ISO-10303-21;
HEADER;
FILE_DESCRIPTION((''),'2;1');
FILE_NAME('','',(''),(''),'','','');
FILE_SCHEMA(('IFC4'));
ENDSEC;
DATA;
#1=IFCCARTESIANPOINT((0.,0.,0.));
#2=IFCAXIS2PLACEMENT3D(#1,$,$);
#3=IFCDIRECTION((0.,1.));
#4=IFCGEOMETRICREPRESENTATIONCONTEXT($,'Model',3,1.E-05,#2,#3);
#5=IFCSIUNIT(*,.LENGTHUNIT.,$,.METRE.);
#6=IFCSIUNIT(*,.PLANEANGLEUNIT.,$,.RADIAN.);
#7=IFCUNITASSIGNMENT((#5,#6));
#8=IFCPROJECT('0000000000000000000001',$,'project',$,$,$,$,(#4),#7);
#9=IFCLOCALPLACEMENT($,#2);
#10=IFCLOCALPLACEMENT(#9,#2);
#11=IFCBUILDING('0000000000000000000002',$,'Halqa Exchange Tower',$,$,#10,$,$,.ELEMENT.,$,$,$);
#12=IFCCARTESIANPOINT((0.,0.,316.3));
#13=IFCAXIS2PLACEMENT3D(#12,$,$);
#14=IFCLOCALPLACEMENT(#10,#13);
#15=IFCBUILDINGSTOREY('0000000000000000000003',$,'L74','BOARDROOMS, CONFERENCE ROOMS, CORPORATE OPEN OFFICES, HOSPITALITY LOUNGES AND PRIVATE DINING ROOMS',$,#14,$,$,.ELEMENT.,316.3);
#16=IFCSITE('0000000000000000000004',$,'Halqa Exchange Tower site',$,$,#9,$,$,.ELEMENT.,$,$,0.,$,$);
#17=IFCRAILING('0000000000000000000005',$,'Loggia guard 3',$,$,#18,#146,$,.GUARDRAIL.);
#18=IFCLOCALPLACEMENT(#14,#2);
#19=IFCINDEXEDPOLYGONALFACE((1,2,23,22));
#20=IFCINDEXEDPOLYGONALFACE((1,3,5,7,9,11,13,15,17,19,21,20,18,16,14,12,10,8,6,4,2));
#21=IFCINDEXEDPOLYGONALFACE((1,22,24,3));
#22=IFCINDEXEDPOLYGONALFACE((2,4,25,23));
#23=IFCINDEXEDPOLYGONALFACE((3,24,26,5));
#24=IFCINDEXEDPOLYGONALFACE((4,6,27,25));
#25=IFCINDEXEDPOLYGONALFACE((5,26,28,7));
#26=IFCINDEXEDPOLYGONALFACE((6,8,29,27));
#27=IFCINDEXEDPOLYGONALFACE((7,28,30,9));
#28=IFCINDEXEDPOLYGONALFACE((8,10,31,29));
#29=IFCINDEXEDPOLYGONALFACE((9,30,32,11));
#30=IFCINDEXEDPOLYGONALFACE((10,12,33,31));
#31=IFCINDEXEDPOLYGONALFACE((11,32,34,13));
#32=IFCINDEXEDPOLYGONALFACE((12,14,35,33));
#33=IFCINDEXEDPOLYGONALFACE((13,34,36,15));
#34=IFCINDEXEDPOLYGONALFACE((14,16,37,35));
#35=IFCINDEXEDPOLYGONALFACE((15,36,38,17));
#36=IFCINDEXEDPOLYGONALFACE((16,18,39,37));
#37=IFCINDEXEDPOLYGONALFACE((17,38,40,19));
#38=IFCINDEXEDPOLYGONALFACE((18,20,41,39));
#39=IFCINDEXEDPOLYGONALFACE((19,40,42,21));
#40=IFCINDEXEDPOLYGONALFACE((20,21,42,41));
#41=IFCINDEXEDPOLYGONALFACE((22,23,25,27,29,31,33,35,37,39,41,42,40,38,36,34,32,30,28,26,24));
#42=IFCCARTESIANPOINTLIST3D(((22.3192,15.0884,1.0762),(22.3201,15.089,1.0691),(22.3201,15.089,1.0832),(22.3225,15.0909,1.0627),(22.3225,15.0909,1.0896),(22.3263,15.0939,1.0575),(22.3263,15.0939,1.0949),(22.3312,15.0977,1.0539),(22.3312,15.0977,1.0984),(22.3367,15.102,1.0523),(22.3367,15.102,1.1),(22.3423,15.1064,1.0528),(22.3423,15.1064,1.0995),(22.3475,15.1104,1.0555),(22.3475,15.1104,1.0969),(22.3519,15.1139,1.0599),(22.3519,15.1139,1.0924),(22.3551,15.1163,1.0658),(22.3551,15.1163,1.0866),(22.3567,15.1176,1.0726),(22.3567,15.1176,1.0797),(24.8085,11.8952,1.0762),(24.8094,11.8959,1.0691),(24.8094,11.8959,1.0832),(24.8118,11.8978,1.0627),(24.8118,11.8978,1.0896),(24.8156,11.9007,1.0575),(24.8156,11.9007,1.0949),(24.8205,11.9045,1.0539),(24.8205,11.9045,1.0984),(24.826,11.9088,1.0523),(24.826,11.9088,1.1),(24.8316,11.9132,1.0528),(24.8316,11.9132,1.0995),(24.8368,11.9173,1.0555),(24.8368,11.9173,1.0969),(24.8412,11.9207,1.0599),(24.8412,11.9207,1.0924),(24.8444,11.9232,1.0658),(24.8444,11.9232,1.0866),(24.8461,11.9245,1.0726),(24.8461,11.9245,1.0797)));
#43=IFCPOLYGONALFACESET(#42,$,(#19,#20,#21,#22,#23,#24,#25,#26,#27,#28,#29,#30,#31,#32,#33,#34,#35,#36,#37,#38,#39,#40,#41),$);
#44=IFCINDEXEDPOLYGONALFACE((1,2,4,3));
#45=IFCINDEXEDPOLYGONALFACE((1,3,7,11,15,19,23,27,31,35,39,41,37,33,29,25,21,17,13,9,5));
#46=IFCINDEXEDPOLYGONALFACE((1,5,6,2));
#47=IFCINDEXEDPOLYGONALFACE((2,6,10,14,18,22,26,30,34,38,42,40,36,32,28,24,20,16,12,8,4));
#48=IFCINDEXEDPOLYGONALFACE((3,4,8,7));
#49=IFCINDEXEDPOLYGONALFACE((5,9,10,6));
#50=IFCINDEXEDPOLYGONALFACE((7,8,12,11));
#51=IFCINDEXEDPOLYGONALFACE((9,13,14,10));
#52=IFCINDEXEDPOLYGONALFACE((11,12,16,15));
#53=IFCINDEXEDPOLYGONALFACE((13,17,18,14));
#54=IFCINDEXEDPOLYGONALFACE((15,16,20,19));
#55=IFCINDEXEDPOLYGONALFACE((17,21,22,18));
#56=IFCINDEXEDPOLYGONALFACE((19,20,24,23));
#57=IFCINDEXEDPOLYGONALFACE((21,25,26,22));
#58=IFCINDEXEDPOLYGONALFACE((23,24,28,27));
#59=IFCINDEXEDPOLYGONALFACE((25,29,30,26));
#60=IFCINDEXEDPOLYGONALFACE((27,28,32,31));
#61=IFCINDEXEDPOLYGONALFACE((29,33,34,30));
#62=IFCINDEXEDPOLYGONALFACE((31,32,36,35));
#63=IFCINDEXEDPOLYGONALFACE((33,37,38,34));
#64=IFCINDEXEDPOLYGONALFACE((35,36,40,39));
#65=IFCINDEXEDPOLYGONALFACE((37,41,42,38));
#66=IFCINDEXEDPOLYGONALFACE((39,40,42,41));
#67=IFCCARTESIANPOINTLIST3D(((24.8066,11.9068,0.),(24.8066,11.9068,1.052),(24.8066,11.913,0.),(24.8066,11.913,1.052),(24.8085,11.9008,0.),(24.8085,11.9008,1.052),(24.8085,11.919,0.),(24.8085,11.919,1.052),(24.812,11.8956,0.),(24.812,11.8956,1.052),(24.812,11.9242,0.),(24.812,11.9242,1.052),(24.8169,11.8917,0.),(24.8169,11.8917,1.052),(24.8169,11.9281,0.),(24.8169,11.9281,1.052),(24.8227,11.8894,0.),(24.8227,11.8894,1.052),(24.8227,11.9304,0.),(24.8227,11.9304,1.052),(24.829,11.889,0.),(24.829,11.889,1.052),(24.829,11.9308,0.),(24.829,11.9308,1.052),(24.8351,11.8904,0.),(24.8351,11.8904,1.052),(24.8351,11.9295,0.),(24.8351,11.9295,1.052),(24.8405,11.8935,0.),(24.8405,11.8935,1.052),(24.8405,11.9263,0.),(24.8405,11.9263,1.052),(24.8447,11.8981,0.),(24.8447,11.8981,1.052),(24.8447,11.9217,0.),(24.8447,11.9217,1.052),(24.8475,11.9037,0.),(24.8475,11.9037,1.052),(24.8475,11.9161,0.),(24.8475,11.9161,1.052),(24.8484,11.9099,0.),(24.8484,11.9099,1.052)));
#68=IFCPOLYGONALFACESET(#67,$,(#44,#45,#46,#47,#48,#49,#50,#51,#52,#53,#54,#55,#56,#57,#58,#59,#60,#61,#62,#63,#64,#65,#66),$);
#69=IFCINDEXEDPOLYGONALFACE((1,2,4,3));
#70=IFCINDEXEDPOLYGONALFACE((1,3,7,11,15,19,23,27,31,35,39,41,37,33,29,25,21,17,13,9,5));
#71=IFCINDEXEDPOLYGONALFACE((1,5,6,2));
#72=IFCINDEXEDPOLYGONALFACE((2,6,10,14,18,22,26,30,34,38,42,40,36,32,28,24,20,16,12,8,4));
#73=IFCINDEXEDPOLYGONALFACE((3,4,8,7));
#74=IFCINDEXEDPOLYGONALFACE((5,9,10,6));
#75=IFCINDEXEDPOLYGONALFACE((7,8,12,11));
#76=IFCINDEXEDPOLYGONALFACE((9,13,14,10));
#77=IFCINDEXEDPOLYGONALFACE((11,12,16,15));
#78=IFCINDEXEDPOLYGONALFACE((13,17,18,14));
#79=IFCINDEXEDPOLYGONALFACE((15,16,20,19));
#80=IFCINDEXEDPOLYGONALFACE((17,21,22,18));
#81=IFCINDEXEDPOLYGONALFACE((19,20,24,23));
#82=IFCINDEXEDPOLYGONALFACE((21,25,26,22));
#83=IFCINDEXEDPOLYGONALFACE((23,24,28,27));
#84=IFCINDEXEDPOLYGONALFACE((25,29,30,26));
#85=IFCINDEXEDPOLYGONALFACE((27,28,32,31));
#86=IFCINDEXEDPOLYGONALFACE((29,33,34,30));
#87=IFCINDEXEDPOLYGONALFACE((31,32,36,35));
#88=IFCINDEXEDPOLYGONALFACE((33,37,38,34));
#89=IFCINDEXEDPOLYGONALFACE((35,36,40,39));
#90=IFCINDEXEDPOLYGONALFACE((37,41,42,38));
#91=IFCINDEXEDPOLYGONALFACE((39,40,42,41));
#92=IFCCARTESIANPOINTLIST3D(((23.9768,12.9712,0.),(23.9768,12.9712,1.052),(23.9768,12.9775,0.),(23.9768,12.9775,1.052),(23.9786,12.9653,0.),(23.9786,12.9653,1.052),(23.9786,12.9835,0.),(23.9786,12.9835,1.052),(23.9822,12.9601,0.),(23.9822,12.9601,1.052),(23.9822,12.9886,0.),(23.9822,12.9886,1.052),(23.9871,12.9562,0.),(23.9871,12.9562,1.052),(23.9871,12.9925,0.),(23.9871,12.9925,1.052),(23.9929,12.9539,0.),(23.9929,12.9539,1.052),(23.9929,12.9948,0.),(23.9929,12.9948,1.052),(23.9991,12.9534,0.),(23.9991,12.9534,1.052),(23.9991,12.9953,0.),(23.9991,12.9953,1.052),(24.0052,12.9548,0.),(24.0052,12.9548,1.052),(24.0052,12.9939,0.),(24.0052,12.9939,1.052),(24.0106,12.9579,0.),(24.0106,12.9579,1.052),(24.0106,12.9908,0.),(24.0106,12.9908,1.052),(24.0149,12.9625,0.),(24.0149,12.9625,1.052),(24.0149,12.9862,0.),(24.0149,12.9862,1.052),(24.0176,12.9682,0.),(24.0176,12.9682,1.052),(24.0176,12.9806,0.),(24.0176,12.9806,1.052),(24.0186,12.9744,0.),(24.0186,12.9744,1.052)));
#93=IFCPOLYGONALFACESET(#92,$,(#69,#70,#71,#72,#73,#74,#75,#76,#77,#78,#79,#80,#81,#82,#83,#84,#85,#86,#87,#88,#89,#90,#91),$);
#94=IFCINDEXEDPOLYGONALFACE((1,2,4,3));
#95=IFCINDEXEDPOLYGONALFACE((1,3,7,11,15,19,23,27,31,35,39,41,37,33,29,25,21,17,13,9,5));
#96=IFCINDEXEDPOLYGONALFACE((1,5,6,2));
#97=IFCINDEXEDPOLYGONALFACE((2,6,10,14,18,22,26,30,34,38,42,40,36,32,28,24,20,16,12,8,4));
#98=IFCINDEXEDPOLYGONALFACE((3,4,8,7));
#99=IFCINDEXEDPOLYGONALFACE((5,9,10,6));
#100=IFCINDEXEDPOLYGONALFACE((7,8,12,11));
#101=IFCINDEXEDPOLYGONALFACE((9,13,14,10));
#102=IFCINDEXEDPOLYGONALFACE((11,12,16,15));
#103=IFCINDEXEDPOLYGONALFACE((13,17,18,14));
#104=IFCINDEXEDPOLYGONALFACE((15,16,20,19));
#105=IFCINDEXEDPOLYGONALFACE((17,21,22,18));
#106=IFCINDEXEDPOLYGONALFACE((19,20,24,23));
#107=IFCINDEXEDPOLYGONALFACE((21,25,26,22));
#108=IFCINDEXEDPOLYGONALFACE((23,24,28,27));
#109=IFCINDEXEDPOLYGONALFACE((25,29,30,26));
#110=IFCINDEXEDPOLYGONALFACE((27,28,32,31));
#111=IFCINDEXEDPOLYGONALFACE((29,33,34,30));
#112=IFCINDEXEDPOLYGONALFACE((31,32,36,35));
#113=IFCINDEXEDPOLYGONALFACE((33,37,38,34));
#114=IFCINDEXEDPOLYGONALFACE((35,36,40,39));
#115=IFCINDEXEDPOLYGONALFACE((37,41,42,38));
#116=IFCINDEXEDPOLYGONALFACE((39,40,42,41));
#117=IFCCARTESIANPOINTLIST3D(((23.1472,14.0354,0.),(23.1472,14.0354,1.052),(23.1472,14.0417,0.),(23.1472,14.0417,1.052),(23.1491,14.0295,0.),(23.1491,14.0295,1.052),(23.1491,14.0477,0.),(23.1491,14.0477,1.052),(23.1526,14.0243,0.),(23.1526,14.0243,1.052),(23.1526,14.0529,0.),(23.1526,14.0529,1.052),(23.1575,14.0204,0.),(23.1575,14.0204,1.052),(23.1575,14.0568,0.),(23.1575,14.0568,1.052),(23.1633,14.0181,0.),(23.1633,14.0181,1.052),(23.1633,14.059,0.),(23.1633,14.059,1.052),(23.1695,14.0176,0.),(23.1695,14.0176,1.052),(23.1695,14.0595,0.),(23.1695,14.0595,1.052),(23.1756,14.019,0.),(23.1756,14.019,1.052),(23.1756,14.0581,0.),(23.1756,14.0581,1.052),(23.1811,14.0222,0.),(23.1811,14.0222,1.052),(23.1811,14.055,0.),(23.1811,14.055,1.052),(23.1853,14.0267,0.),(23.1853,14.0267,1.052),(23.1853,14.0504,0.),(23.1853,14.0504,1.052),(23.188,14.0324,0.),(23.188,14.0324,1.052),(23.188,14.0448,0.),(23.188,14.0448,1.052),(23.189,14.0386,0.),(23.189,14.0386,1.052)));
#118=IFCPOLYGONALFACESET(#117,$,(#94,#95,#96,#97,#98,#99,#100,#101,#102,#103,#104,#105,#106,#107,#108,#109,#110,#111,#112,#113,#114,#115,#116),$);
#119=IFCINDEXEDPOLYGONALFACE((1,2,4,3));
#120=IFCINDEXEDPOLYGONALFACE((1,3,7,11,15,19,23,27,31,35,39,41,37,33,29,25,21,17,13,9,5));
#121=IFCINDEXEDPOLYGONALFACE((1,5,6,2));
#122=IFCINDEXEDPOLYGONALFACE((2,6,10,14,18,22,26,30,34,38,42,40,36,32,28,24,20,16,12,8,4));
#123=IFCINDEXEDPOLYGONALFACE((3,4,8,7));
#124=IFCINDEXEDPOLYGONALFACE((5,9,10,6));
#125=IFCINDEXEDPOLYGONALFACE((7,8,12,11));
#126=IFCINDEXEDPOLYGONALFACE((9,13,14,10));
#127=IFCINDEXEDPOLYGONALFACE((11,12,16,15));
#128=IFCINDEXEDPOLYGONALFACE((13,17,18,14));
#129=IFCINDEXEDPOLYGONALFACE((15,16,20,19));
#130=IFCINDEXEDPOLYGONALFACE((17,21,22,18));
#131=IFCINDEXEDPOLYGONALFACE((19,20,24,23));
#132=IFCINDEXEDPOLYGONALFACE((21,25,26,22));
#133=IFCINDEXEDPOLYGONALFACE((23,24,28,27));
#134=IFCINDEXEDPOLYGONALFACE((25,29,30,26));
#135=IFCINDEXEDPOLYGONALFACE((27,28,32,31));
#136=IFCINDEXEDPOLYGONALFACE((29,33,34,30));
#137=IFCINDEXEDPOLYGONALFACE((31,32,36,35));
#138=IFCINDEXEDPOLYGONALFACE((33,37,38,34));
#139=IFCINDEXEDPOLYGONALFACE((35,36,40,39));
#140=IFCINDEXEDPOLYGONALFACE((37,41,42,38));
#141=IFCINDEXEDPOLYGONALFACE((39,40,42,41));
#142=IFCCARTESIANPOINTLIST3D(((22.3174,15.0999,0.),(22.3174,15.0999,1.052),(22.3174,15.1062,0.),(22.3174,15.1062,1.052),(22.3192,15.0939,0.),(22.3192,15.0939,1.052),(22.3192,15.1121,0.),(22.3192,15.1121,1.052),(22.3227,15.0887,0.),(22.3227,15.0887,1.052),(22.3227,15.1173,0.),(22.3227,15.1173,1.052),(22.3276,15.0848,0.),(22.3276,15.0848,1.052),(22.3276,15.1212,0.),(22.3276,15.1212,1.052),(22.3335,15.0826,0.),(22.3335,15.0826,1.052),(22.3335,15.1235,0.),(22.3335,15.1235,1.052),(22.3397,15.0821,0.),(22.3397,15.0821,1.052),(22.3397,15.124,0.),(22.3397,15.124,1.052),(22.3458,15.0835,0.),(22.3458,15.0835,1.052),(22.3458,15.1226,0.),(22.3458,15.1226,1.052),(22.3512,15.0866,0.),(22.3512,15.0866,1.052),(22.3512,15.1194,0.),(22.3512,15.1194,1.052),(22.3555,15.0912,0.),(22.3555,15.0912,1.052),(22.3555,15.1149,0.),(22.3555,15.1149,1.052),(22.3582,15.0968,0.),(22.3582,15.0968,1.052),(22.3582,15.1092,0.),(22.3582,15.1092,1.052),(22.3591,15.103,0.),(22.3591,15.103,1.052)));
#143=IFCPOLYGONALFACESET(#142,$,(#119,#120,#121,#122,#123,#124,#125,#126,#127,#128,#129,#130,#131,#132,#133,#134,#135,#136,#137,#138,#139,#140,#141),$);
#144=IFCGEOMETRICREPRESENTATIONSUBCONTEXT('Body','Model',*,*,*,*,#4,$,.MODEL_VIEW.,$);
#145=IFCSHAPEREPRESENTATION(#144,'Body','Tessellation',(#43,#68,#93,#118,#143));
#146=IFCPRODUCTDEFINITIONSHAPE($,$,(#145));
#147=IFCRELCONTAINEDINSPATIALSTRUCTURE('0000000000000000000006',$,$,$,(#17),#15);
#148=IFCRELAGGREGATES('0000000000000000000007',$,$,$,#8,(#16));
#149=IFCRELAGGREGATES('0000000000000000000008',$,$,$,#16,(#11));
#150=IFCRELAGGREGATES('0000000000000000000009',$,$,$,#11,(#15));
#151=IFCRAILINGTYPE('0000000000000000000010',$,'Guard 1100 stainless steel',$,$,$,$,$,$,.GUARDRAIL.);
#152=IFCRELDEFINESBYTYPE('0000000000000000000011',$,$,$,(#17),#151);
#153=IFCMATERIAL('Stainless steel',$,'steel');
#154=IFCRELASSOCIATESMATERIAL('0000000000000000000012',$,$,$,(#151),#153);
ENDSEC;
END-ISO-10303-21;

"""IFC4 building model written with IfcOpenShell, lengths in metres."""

from ifc_helpers import new_model, si_unit, direction, frame, origin, origin_2d, place, context, subcontext, project, spatial, circle, extrude, material, type_object, element, save


model = new_model("IFC4")

# Units and contexts
model_context = context("Model", 3, precision=1e-05, world=origin(), true_north=direction((0.0, 1.0)))
body_context = subcontext(model_context, "Body", "Model", "MODEL_VIEW")
ifc_project = project(units=[si_unit("LENGTHUNIT", "METRE"), si_unit("PLANEANGLEUNIT", "RADIAN")], contexts=[model_context])

# Site, building, storey
site_placement = place(None, origin())
site = spatial("IfcSite", under=ifc_project, at=site_placement, Name="Halqa Exchange Tower site", CompositionType="ELEMENT", RefElevation=0.0)
building_placement = place(site_placement, origin())
building = spatial("IfcBuilding", under=site, at=building_placement, Name="Halqa Exchange Tower", CompositionType="ELEMENT")
storey_placement = place(building_placement, frame((0.0, 0.0, 316.3)))
storey = spatial("IfcBuildingStorey", under=building, at=storey_placement, Name="L74", Description="BOARDROOMS, CONFERENCE ROOMS, CORPORATE OPEN OFFICES, HOSPITALITY LOUNGES AND PRIVATE DINING ROOMS", CompositionType="ELEMENT", Elevation=316.3)

# Railing
ifc_material_1 = material(Name="Stainless steel", Category="steel")
railing_type = type_object("IfcRailingType", Name="Guard 1100 stainless steel", PredefinedType="GUARDRAIL", material=ifc_material_1)
railing_1_placement = place(storey_placement, frame((24.8274, 11.9099, 0.0)))
element("IfcRailing", 1, at=railing_1_placement, inside=storey, type_object=railing_type, Name="Loggia guard 3", PredefinedType="GUARDRAIL", context=body_context, shape_type="SweptSolid", body=[
    extrude(circle(Radius=0.0239, at=origin_2d()), frame((0.0, 0.0, 1.0762), z_axis=(-0.614821, 0.788667, 0.0), x_axis=(-0.788667, -0.614821, 0.0)), (0.0, 0.0, 1.0), 4.0488),
    extrude(circle(Radius=0.021, at=origin_2d()), origin(), (0.0, 0.0, 1.0), 1.052),
    extrude(circle(Radius=0.021, at=origin_2d()), frame((-0.8298, 1.0645, 0.0)), (0.0, 0.0, 1.0), 1.052),
    extrude(circle(Radius=0.021, at=origin_2d()), frame((-1.6594, 2.1287, 0.0)), (0.0, 0.0, 1.0), 1.052),
    extrude(circle(Radius=0.021, at=origin_2d()), frame((-2.4893, 3.1931, 0.0)), (0.0, 0.0, 1.0), 1.052),
])

save(model, "model.ifc")
